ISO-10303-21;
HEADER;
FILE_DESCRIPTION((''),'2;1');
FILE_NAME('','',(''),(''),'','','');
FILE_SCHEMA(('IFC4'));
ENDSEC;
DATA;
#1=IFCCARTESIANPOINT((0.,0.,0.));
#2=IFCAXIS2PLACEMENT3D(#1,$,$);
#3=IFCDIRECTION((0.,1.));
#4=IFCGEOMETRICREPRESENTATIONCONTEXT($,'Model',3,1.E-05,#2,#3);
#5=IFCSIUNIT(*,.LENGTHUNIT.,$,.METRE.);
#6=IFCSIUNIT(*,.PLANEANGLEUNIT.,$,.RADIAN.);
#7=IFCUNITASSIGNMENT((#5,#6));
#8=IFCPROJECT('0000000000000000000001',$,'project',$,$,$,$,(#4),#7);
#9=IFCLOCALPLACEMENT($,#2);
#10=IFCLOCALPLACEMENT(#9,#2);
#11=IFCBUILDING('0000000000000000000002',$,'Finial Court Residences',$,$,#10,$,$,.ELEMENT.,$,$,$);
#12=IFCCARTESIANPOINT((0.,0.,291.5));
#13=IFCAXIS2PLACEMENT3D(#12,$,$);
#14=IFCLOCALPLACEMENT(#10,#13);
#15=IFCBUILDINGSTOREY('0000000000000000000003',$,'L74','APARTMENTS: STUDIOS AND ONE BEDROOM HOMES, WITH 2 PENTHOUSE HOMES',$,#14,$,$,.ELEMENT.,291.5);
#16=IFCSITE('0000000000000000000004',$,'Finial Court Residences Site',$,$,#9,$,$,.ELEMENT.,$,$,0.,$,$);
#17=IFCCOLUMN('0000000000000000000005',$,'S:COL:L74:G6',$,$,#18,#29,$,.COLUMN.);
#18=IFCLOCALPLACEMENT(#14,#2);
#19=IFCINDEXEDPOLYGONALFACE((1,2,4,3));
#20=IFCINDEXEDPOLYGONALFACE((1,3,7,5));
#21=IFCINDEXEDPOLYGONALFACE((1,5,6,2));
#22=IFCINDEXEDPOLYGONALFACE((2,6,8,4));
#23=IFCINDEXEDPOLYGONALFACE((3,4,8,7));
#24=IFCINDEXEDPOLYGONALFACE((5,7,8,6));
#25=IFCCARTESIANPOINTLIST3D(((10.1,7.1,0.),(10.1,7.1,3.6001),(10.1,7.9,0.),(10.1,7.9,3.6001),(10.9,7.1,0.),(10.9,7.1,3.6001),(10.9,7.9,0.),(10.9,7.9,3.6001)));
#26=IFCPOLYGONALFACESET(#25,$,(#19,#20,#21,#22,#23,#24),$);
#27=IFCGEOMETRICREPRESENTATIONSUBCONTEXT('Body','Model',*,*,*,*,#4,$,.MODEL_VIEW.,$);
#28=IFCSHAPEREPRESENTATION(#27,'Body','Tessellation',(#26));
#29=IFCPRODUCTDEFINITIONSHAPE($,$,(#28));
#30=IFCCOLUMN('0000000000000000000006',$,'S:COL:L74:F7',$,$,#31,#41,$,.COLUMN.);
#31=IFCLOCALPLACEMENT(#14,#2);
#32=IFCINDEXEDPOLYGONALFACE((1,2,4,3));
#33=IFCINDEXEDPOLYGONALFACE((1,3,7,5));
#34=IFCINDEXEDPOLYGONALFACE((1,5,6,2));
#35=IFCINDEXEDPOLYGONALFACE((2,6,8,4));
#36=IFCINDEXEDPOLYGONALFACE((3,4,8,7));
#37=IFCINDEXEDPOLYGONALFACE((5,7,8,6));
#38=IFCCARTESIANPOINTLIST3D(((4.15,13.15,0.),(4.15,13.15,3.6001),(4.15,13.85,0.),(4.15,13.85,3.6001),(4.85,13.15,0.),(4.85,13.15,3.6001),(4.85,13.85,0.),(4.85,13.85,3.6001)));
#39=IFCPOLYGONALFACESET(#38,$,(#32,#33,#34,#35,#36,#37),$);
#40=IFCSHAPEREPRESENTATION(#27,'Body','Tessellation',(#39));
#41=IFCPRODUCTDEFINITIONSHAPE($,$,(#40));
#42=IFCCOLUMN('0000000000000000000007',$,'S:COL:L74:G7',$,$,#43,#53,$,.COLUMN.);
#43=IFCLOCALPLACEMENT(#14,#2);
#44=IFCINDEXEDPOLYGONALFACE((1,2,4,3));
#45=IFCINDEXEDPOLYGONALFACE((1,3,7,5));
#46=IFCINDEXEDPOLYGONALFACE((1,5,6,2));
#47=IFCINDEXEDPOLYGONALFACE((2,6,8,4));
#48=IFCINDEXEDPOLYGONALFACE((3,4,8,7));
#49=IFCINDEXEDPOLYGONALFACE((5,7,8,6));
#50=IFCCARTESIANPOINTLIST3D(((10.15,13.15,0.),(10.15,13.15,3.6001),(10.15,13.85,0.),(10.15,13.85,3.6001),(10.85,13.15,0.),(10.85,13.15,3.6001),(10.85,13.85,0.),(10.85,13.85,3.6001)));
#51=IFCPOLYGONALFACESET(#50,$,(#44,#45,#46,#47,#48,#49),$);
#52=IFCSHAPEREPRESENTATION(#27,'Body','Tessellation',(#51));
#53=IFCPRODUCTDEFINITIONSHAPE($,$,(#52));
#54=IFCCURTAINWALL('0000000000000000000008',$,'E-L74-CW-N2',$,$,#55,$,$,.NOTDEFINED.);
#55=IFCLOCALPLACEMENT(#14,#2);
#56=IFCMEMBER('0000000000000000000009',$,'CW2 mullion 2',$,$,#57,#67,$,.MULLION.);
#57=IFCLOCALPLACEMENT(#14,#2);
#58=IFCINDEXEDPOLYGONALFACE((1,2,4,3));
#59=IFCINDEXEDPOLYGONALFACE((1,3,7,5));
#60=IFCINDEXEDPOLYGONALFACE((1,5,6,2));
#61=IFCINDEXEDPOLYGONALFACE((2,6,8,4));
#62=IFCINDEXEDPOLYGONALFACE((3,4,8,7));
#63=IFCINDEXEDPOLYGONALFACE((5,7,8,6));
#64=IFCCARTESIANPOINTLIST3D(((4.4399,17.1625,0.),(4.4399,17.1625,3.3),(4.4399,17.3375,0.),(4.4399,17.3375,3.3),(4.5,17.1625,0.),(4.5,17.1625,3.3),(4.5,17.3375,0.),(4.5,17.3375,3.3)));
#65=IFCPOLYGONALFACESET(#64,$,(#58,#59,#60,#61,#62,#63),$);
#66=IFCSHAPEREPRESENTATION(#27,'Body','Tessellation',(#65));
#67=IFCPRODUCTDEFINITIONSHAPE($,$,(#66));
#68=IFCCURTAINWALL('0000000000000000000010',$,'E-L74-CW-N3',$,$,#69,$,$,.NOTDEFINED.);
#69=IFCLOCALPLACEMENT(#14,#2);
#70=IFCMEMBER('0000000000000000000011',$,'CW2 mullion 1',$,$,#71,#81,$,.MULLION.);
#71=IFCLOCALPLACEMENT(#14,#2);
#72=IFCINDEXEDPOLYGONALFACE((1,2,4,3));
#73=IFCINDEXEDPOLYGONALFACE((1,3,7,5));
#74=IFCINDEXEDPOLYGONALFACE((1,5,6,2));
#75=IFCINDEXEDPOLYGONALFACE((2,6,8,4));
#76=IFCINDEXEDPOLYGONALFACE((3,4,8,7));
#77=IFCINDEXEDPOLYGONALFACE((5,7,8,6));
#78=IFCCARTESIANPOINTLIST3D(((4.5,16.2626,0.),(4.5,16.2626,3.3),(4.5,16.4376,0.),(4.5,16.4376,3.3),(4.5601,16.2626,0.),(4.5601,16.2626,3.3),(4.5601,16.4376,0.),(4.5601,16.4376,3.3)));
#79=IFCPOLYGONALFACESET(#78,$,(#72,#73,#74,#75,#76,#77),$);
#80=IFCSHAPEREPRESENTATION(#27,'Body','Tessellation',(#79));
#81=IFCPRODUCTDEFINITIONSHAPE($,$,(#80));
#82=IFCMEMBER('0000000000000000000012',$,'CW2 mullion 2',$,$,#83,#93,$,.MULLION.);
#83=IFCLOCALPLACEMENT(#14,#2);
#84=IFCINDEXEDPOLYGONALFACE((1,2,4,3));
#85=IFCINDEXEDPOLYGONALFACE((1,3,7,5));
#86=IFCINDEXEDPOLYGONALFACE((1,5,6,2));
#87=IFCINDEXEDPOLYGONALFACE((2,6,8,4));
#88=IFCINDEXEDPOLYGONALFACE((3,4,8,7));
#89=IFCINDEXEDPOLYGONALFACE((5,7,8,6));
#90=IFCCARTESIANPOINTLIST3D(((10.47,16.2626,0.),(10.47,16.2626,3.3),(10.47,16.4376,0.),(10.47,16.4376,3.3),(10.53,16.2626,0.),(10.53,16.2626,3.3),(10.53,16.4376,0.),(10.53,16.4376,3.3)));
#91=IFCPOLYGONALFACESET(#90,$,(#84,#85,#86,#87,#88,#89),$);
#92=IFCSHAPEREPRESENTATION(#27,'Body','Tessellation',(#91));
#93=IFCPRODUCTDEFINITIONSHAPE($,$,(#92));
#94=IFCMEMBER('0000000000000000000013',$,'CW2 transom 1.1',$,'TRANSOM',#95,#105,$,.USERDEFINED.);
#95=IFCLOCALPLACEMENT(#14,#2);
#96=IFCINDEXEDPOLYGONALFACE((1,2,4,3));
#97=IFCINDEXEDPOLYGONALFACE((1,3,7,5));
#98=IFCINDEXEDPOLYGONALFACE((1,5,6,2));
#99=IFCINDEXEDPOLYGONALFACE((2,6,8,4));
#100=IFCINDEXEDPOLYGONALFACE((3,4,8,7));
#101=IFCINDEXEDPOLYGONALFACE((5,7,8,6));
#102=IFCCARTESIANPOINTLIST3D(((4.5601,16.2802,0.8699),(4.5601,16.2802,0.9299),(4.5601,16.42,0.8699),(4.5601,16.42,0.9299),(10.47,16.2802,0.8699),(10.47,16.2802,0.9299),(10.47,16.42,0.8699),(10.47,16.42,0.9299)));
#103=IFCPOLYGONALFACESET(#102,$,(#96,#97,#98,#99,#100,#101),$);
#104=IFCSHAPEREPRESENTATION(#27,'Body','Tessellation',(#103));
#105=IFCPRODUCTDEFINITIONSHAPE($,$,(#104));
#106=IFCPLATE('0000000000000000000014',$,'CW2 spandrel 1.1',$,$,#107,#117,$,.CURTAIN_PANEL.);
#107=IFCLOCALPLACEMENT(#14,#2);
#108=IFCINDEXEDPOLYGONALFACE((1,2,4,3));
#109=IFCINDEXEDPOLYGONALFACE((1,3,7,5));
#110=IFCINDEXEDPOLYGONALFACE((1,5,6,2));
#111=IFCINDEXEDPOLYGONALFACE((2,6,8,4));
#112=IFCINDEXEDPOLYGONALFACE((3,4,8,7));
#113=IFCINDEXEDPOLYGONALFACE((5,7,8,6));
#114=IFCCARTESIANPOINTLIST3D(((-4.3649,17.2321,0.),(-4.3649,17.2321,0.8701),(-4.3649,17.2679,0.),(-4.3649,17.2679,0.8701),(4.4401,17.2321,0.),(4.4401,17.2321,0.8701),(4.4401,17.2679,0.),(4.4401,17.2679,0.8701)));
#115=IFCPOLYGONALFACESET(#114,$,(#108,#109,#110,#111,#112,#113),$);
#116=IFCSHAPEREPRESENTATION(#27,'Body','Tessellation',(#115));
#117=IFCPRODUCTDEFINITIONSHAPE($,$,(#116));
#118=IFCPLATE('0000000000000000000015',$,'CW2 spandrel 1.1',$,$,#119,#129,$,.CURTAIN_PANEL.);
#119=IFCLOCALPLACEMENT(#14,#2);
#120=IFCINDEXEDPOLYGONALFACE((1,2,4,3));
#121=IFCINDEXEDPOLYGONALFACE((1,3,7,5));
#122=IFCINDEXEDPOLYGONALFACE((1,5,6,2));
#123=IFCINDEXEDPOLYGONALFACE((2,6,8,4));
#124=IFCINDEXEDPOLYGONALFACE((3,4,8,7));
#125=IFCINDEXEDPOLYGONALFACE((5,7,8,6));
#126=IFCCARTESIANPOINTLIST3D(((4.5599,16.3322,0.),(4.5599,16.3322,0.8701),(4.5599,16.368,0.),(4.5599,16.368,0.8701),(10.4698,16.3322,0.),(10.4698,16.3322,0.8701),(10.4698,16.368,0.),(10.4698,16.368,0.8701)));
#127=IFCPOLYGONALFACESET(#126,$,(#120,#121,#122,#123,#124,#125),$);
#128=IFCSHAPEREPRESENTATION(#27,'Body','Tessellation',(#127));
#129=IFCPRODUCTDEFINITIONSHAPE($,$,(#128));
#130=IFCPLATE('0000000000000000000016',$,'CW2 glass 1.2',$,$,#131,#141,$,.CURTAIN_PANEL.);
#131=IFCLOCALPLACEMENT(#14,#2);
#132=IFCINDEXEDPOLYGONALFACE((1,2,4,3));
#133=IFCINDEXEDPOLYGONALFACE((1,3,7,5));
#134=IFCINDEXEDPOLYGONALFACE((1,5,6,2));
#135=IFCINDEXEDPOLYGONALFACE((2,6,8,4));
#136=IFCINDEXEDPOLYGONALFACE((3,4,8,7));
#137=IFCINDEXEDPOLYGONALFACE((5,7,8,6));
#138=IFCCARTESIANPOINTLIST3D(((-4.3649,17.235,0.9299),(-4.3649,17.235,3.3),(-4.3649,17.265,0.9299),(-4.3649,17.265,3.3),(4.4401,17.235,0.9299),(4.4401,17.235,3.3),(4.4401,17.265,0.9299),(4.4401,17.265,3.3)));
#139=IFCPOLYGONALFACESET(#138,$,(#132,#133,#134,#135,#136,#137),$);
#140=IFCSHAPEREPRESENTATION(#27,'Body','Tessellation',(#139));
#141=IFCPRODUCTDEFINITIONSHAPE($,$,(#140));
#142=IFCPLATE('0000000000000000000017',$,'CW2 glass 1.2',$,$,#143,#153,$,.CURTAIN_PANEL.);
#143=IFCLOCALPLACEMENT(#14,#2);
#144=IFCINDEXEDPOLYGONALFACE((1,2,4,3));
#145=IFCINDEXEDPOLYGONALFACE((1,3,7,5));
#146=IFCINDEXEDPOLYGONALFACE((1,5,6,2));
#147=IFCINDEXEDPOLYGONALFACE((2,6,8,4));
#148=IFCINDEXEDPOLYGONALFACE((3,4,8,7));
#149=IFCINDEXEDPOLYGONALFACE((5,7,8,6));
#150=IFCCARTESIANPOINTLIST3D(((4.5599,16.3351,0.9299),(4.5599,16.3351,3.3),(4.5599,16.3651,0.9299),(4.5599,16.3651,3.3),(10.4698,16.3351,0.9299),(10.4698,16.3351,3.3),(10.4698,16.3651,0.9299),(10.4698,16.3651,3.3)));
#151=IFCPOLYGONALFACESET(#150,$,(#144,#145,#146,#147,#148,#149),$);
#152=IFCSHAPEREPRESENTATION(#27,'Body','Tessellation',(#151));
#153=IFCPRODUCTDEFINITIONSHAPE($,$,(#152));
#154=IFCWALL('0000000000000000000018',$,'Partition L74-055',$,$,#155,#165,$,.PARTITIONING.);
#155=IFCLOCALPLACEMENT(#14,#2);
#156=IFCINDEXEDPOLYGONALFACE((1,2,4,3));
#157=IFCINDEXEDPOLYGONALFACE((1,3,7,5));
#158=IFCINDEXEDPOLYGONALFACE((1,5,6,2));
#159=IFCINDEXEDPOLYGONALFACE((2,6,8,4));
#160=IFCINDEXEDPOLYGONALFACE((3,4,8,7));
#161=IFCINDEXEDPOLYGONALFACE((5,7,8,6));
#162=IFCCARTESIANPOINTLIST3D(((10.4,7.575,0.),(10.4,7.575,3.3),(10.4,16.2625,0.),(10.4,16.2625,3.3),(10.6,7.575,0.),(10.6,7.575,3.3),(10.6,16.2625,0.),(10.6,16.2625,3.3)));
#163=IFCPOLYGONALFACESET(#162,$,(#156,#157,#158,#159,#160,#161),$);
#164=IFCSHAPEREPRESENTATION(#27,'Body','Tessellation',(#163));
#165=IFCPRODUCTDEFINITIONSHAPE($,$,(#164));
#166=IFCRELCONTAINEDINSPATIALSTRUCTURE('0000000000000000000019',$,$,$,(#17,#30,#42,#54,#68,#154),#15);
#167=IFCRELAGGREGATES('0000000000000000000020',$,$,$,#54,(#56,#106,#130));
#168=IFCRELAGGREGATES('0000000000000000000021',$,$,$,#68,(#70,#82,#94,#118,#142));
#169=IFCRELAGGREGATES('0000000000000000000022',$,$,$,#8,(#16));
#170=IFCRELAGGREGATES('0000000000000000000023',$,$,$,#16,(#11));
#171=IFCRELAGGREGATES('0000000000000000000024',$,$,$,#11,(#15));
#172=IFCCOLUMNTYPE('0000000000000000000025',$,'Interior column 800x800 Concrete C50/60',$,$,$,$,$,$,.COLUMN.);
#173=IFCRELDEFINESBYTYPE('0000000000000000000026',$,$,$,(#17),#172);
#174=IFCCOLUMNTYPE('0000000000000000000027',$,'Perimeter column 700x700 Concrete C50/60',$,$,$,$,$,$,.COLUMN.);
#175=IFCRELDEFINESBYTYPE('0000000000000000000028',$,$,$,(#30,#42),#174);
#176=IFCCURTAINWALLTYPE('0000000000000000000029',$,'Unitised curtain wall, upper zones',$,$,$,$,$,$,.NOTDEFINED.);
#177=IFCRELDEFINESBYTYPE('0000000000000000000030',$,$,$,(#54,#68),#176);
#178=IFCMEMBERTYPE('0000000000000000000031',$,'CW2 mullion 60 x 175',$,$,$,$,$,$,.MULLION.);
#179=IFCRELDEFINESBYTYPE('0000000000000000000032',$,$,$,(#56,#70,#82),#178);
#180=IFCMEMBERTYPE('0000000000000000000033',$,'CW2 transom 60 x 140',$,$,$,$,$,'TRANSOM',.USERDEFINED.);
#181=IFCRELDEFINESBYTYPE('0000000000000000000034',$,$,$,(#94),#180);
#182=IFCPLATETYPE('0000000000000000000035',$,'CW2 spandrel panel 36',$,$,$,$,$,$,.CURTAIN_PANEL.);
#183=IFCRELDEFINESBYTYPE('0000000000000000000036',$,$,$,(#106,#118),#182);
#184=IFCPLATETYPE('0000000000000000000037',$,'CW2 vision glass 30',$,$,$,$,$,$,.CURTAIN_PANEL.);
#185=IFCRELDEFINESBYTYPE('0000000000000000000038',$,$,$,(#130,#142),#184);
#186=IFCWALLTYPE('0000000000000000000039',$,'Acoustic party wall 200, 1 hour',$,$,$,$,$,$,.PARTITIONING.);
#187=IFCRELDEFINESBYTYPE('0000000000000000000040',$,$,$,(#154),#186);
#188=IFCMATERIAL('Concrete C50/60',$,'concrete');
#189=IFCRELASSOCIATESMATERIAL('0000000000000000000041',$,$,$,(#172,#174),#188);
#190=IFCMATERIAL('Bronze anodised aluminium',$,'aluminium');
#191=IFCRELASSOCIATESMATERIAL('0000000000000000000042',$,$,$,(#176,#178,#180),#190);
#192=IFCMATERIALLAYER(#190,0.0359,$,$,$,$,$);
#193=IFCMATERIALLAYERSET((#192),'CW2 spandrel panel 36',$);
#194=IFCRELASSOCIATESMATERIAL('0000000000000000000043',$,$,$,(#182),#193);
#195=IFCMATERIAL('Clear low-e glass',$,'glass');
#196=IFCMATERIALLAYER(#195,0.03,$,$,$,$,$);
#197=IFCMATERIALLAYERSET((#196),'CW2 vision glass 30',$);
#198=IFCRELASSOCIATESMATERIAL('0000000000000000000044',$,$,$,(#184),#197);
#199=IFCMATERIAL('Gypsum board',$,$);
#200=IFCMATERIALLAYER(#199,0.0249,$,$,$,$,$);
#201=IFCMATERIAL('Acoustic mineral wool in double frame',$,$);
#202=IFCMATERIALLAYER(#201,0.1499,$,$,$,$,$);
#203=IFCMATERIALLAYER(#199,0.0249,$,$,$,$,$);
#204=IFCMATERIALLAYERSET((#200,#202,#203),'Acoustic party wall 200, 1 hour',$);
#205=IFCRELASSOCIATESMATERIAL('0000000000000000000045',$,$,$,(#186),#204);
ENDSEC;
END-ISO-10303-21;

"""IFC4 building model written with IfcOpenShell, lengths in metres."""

from ifc_helpers import new_model, si_unit, direction, frame, frame_2d, origin, origin_2d, place, context, subcontext, project, spatial, rectangle, extrude, material, layer, layer_set, material_profile, profile_set, type_object, element, aggregate, save


model = new_model("IFC4")

# Units and contexts
model_context = context("Model", 3, precision=1e-05, world=origin(), true_north=direction((0.0, 1.0)))
body_context = subcontext(model_context, "Body", "Model", "MODEL_VIEW")
ifc_project = project(units=[si_unit("LENGTHUNIT", "METRE"), si_unit("PLANEANGLEUNIT", "RADIAN")], contexts=[model_context])

# Site, building, storey
site_placement = place(None, origin())
site = spatial("IfcSite", under=ifc_project, at=site_placement, Name="Finial Court Residences Site", CompositionType="ELEMENT", RefElevation=0.0)
building_placement = place(site_placement, origin())
building = spatial("IfcBuilding", under=site, at=building_placement, Name="Finial Court Residences", CompositionType="ELEMENT")
storey_placement = place(building_placement, frame((0.0, 0.0, 291.5)))
storey = spatial("IfcBuildingStorey", under=building, at=storey_placement, Name="L74", Description="APARTMENTS: STUDIOS AND ONE BEDROOM HOMES, WITH 2 PENTHOUSE HOMES", CompositionType="ELEMENT", Elevation=291.5)

# Columns
ifc_material_1 = material(Name="Concrete C50/60", Category="concrete")
ifc_material_profile_1 = material_profile(ifc_material_1, rectangle(XDim=0.8, YDim=0.8, at=origin_2d()), Name="800x800")
ifc_profile_set_1 = profile_set([ifc_material_profile_1], Name="Concrete C50/60")
column_type_1 = type_object("IfcColumnType", Name="Interior column 800x800 Concrete C50/60", PredefinedType="COLUMN", material=ifc_profile_set_1)
column_placement = place(storey_placement, frame((10.5, 7.5, 0.0), z_axis=(0.0, 0.0, 1.0), x_axis=(1.0, 0.0, 0.0)))
element("IfcColumn", 1, at=column_placement, inside=storey, type_object=column_type_1, Name="S:COL:L74:G6", PredefinedType="COLUMN", context=body_context, shape_type="SweptSolid", body=[
    extrude(rectangle(XDim=0.8, YDim=0.8, at=origin_2d()), origin(), (0.0, 0.0, 1.0), 3.6001),
])
ifc_material_profile_2 = material_profile(ifc_material_1, rectangle(XDim=0.7, YDim=0.7, at=origin_2d()), Name="700x700")
ifc_profile_set_2 = profile_set([ifc_material_profile_2], Name="Concrete C50/60")
column_type_2 = type_object("IfcColumnType", Name="Perimeter column 700x700 Concrete C50/60", PredefinedType="COLUMN", material=ifc_profile_set_2)
for number, where, z_axis, x_axis, name in (
    (2, (4.5, 13.5, 0.0), (0.0, 0.0, 1.0), (1.0, 0.0, 0.0), "S:COL:L74:F7"),
    (3, (10.5, 13.5, 0.0), (0.0, 0.0, 1.0), (1.0, 0.0, 0.0), "S:COL:L74:G7"),
):
    element("IfcColumn", number, at=place(storey_placement, frame(where, z_axis=z_axis, x_axis=x_axis)), inside=storey, type_object=column_type_2, Name=name, PredefinedType="COLUMN", context=body_context, shape_type="SweptSolid", body=[
        extrude(rectangle(XDim=0.7, YDim=0.7, at=origin_2d()), origin(), (0.0, 0.0, 1.0), 3.6001),
    ])

# Curtain wall, member
ifc_material_2 = material(Name="Bronze anodised aluminium", Category="aluminium")
curtain_wall_type = type_object("IfcCurtainWallType", Name="Unitised curtain wall, upper zones", PredefinedType="NOTDEFINED", material=ifc_material_2)
curtain_wall_1_placement = place(storey_placement, origin())
curtain_wall_1 = element("IfcCurtainWall", 4, at=curtain_wall_1_placement, inside=storey, type_object=curtain_wall_type, Name="E-L74-CW-N2", PredefinedType="NOTDEFINED")
ifc_material_profile_3 = material_profile(ifc_material_2, rectangle(XDim=0.175, YDim=0.0601, at=origin_2d()), Name="CW2 mullion 60 x 175")
ifc_profile_set_3 = profile_set([ifc_material_profile_3], Name="Bronze anodised aluminium")
member_type_1 = type_object("IfcMemberType", Name="CW2 mullion 60 x 175", PredefinedType="MULLION", material=ifc_profile_set_3)
member_1_placement = place(storey_placement, frame((4.47, 17.25, 0.0), z_axis=(0.0, 0.0, 1.0), x_axis=(0.0, 1.0, 0.0)))
member_1 = element("IfcMember", 5, at=member_1_placement, type_object=member_type_1, Name="CW2 mullion 2", PredefinedType="MULLION", context=body_context, shape_type="SweptSolid", body=[
    extrude(rectangle(XDim=0.175, YDim=0.0601, at=origin_2d()), origin(), (0.0, 0.0, 1.0), 3.3),
])

# Curtain wall, members
curtain_wall_2_placement = place(storey_placement, origin())
curtain_wall_2 = element("IfcCurtainWall", 6, at=curtain_wall_2_placement, inside=storey, type_object=curtain_wall_type, Name="E-L74-CW-N3", PredefinedType="NOTDEFINED")
member_2_placement = place(storey_placement, frame((4.53, 16.3501, 0.0), z_axis=(0.0, 0.0, 1.0), x_axis=(0.0, 1.0, 0.0)))
member_2 = element("IfcMember", 7, at=member_2_placement, type_object=member_type_1, Name="CW2 mullion 1", PredefinedType="MULLION", context=body_context, shape_type="SweptSolid", body=[
    extrude(rectangle(XDim=0.175, YDim=0.0601, at=origin_2d()), origin(), (0.0, 0.0, 1.0), 3.3),
])
member_3_placement = place(storey_placement, frame((10.5, 16.3501, 0.0), z_axis=(0.0, 0.0, 1.0), x_axis=(0.0, 1.0, 0.0)))
member_3 = element("IfcMember", 8, at=member_3_placement, type_object=member_type_1, Name="CW2 mullion 2", PredefinedType="MULLION", context=body_context, shape_type="SweptSolid", body=[
    extrude(rectangle(XDim=0.175, YDim=0.0601, at=origin_2d()), origin(), (0.0, 0.0, 1.0), 3.3),
])
ifc_material_profile_4 = material_profile(ifc_material_2, rectangle(XDim=0.1399, YDim=0.0601, at=origin_2d()), Name="CW2 transom 60 x 140")
ifc_profile_set_4 = profile_set([ifc_material_profile_4], Name="Bronze anodised aluminium")
member_type_2 = type_object("IfcMemberType", Name="CW2 transom 60 x 140", ElementType="TRANSOM", PredefinedType="USERDEFINED", material=ifc_profile_set_4)
member_4_placement = place(storey_placement, frame((4.5601, 16.3501, 0.8999), z_axis=(1.0, 0.0, 0.0), x_axis=(0.0, 1.0, 0.0)))
member_4 = element("IfcMember", 9, at=member_4_placement, type_object=member_type_2, Name="CW2 transom 1.1", ObjectType="TRANSOM", PredefinedType="USERDEFINED", context=body_context, shape_type="SweptSolid", body=[
    extrude(rectangle(XDim=0.1399, YDim=0.0601, at=origin_2d()), origin(), (0.0, 0.0, 1.0), 5.9099),
])

# Plates
ifc_layer_1 = layer(ifc_material_2, 0.0359)
ifc_layer_set_1 = layer_set([ifc_layer_1], Name="CW2 spandrel panel 36")
plate_type_1 = type_object("IfcPlateType", Name="CW2 spandrel panel 36", PredefinedType="CURTAIN_PANEL", material=ifc_layer_set_1)
plate_1_placement = place(storey_placement, frame((0.0376, 17.25, 0.0), z_axis=(0.0, 0.0, 1.0), x_axis=(1.0, 0.0, 0.0)))
plate_1 = element("IfcPlate", 10, at=plate_1_placement, type_object=plate_type_1, Name="CW2 spandrel 1.1", PredefinedType="CURTAIN_PANEL", context=body_context, shape_type="SweptSolid", body=[
    extrude(rectangle(XDim=8.8049, YDim=0.0359, at=origin_2d()), origin(), (0.0, 0.0, 1.0), 0.8701),
])
plate_2_placement = place(storey_placement, frame((7.5149, 16.3501, 0.0), z_axis=(0.0, 0.0, 1.0), x_axis=(1.0, 0.0, 0.0)))
plate_2 = element("IfcPlate", 11, at=plate_2_placement, type_object=plate_type_1, Name="CW2 spandrel 1.1", PredefinedType="CURTAIN_PANEL", context=body_context, shape_type="SweptSolid", body=[
    extrude(rectangle(XDim=5.9099, YDim=0.0359, at=origin_2d()), origin(), (0.0, 0.0, 1.0), 0.8701),
])
ifc_material_3 = material(Name="Clear low-e glass", Category="glass")
ifc_layer_2 = layer(ifc_material_3, 0.03)
ifc_layer_set_2 = layer_set([ifc_layer_2], Name="CW2 vision glass 30")
plate_type_2 = type_object("IfcPlateType", Name="CW2 vision glass 30", PredefinedType="CURTAIN_PANEL", material=ifc_layer_set_2)
plate_3_placement = place(storey_placement, frame((0.0376, 17.25, 0.9299), z_axis=(0.0, 0.0, 1.0), x_axis=(1.0, 0.0, 0.0)))
plate_3 = element("IfcPlate", 12, at=plate_3_placement, type_object=plate_type_2, Name="CW2 glass 1.2", PredefinedType="CURTAIN_PANEL", context=body_context, shape_type="SweptSolid", body=[
    extrude(rectangle(XDim=8.8049, YDim=0.03, at=origin_2d()), origin(), (0.0, 0.0, 1.0), 2.3701),
])
aggregate(curtain_wall_1, [member_1, plate_1, plate_3])
plate_4_placement = place(storey_placement, frame((7.5149, 16.3501, 0.9299), z_axis=(0.0, 0.0, 1.0), x_axis=(1.0, 0.0, 0.0)))
plate_4 = element("IfcPlate", 13, at=plate_4_placement, type_object=plate_type_2, Name="CW2 glass 1.2", PredefinedType="CURTAIN_PANEL", context=body_context, shape_type="SweptSolid", body=[
    extrude(rectangle(XDim=5.9099, YDim=0.03, at=origin_2d()), origin(), (0.0, 0.0, 1.0), 2.3701),
])
aggregate(curtain_wall_2, [member_2, member_3, member_4, plate_2, plate_4])

# Wall
ifc_material_4 = material(Name="Gypsum board")
ifc_layer_3 = layer(ifc_material_4, 0.0249)
ifc_material_5 = material(Name="Acoustic mineral wool in double frame")
ifc_layer_4 = layer(ifc_material_5, 0.1499)
ifc_layer_5 = layer(ifc_material_4, 0.0249)
ifc_layer_set_3 = layer_set([ifc_layer_3, ifc_layer_4, ifc_layer_5], Name="Acoustic party wall 200, 1 hour")
wall_type_1 = type_object("IfcWallType", Name="Acoustic party wall 200, 1 hour", PredefinedType="PARTITIONING", material=ifc_layer_set_3)
wall_1_placement = place(storey_placement, frame((10.5, 7.575, 0.0), z_axis=(0.0, 0.0, 1.0), x_axis=(0.0, 1.0, 0.0)))
element("IfcWall", 14, at=wall_1_placement, inside=storey, type_object=wall_type_1, Name="Partition L74-055", PredefinedType="PARTITIONING", context=body_context, shape_type="SweptSolid", body=[
    extrude(rectangle(XDim=8.6875, YDim=0.2, at=frame_2d((4.3438, 0.0))), origin(), (0.0, 0.0, 1.0), 3.3),
])

save(model, "model.ifc")
